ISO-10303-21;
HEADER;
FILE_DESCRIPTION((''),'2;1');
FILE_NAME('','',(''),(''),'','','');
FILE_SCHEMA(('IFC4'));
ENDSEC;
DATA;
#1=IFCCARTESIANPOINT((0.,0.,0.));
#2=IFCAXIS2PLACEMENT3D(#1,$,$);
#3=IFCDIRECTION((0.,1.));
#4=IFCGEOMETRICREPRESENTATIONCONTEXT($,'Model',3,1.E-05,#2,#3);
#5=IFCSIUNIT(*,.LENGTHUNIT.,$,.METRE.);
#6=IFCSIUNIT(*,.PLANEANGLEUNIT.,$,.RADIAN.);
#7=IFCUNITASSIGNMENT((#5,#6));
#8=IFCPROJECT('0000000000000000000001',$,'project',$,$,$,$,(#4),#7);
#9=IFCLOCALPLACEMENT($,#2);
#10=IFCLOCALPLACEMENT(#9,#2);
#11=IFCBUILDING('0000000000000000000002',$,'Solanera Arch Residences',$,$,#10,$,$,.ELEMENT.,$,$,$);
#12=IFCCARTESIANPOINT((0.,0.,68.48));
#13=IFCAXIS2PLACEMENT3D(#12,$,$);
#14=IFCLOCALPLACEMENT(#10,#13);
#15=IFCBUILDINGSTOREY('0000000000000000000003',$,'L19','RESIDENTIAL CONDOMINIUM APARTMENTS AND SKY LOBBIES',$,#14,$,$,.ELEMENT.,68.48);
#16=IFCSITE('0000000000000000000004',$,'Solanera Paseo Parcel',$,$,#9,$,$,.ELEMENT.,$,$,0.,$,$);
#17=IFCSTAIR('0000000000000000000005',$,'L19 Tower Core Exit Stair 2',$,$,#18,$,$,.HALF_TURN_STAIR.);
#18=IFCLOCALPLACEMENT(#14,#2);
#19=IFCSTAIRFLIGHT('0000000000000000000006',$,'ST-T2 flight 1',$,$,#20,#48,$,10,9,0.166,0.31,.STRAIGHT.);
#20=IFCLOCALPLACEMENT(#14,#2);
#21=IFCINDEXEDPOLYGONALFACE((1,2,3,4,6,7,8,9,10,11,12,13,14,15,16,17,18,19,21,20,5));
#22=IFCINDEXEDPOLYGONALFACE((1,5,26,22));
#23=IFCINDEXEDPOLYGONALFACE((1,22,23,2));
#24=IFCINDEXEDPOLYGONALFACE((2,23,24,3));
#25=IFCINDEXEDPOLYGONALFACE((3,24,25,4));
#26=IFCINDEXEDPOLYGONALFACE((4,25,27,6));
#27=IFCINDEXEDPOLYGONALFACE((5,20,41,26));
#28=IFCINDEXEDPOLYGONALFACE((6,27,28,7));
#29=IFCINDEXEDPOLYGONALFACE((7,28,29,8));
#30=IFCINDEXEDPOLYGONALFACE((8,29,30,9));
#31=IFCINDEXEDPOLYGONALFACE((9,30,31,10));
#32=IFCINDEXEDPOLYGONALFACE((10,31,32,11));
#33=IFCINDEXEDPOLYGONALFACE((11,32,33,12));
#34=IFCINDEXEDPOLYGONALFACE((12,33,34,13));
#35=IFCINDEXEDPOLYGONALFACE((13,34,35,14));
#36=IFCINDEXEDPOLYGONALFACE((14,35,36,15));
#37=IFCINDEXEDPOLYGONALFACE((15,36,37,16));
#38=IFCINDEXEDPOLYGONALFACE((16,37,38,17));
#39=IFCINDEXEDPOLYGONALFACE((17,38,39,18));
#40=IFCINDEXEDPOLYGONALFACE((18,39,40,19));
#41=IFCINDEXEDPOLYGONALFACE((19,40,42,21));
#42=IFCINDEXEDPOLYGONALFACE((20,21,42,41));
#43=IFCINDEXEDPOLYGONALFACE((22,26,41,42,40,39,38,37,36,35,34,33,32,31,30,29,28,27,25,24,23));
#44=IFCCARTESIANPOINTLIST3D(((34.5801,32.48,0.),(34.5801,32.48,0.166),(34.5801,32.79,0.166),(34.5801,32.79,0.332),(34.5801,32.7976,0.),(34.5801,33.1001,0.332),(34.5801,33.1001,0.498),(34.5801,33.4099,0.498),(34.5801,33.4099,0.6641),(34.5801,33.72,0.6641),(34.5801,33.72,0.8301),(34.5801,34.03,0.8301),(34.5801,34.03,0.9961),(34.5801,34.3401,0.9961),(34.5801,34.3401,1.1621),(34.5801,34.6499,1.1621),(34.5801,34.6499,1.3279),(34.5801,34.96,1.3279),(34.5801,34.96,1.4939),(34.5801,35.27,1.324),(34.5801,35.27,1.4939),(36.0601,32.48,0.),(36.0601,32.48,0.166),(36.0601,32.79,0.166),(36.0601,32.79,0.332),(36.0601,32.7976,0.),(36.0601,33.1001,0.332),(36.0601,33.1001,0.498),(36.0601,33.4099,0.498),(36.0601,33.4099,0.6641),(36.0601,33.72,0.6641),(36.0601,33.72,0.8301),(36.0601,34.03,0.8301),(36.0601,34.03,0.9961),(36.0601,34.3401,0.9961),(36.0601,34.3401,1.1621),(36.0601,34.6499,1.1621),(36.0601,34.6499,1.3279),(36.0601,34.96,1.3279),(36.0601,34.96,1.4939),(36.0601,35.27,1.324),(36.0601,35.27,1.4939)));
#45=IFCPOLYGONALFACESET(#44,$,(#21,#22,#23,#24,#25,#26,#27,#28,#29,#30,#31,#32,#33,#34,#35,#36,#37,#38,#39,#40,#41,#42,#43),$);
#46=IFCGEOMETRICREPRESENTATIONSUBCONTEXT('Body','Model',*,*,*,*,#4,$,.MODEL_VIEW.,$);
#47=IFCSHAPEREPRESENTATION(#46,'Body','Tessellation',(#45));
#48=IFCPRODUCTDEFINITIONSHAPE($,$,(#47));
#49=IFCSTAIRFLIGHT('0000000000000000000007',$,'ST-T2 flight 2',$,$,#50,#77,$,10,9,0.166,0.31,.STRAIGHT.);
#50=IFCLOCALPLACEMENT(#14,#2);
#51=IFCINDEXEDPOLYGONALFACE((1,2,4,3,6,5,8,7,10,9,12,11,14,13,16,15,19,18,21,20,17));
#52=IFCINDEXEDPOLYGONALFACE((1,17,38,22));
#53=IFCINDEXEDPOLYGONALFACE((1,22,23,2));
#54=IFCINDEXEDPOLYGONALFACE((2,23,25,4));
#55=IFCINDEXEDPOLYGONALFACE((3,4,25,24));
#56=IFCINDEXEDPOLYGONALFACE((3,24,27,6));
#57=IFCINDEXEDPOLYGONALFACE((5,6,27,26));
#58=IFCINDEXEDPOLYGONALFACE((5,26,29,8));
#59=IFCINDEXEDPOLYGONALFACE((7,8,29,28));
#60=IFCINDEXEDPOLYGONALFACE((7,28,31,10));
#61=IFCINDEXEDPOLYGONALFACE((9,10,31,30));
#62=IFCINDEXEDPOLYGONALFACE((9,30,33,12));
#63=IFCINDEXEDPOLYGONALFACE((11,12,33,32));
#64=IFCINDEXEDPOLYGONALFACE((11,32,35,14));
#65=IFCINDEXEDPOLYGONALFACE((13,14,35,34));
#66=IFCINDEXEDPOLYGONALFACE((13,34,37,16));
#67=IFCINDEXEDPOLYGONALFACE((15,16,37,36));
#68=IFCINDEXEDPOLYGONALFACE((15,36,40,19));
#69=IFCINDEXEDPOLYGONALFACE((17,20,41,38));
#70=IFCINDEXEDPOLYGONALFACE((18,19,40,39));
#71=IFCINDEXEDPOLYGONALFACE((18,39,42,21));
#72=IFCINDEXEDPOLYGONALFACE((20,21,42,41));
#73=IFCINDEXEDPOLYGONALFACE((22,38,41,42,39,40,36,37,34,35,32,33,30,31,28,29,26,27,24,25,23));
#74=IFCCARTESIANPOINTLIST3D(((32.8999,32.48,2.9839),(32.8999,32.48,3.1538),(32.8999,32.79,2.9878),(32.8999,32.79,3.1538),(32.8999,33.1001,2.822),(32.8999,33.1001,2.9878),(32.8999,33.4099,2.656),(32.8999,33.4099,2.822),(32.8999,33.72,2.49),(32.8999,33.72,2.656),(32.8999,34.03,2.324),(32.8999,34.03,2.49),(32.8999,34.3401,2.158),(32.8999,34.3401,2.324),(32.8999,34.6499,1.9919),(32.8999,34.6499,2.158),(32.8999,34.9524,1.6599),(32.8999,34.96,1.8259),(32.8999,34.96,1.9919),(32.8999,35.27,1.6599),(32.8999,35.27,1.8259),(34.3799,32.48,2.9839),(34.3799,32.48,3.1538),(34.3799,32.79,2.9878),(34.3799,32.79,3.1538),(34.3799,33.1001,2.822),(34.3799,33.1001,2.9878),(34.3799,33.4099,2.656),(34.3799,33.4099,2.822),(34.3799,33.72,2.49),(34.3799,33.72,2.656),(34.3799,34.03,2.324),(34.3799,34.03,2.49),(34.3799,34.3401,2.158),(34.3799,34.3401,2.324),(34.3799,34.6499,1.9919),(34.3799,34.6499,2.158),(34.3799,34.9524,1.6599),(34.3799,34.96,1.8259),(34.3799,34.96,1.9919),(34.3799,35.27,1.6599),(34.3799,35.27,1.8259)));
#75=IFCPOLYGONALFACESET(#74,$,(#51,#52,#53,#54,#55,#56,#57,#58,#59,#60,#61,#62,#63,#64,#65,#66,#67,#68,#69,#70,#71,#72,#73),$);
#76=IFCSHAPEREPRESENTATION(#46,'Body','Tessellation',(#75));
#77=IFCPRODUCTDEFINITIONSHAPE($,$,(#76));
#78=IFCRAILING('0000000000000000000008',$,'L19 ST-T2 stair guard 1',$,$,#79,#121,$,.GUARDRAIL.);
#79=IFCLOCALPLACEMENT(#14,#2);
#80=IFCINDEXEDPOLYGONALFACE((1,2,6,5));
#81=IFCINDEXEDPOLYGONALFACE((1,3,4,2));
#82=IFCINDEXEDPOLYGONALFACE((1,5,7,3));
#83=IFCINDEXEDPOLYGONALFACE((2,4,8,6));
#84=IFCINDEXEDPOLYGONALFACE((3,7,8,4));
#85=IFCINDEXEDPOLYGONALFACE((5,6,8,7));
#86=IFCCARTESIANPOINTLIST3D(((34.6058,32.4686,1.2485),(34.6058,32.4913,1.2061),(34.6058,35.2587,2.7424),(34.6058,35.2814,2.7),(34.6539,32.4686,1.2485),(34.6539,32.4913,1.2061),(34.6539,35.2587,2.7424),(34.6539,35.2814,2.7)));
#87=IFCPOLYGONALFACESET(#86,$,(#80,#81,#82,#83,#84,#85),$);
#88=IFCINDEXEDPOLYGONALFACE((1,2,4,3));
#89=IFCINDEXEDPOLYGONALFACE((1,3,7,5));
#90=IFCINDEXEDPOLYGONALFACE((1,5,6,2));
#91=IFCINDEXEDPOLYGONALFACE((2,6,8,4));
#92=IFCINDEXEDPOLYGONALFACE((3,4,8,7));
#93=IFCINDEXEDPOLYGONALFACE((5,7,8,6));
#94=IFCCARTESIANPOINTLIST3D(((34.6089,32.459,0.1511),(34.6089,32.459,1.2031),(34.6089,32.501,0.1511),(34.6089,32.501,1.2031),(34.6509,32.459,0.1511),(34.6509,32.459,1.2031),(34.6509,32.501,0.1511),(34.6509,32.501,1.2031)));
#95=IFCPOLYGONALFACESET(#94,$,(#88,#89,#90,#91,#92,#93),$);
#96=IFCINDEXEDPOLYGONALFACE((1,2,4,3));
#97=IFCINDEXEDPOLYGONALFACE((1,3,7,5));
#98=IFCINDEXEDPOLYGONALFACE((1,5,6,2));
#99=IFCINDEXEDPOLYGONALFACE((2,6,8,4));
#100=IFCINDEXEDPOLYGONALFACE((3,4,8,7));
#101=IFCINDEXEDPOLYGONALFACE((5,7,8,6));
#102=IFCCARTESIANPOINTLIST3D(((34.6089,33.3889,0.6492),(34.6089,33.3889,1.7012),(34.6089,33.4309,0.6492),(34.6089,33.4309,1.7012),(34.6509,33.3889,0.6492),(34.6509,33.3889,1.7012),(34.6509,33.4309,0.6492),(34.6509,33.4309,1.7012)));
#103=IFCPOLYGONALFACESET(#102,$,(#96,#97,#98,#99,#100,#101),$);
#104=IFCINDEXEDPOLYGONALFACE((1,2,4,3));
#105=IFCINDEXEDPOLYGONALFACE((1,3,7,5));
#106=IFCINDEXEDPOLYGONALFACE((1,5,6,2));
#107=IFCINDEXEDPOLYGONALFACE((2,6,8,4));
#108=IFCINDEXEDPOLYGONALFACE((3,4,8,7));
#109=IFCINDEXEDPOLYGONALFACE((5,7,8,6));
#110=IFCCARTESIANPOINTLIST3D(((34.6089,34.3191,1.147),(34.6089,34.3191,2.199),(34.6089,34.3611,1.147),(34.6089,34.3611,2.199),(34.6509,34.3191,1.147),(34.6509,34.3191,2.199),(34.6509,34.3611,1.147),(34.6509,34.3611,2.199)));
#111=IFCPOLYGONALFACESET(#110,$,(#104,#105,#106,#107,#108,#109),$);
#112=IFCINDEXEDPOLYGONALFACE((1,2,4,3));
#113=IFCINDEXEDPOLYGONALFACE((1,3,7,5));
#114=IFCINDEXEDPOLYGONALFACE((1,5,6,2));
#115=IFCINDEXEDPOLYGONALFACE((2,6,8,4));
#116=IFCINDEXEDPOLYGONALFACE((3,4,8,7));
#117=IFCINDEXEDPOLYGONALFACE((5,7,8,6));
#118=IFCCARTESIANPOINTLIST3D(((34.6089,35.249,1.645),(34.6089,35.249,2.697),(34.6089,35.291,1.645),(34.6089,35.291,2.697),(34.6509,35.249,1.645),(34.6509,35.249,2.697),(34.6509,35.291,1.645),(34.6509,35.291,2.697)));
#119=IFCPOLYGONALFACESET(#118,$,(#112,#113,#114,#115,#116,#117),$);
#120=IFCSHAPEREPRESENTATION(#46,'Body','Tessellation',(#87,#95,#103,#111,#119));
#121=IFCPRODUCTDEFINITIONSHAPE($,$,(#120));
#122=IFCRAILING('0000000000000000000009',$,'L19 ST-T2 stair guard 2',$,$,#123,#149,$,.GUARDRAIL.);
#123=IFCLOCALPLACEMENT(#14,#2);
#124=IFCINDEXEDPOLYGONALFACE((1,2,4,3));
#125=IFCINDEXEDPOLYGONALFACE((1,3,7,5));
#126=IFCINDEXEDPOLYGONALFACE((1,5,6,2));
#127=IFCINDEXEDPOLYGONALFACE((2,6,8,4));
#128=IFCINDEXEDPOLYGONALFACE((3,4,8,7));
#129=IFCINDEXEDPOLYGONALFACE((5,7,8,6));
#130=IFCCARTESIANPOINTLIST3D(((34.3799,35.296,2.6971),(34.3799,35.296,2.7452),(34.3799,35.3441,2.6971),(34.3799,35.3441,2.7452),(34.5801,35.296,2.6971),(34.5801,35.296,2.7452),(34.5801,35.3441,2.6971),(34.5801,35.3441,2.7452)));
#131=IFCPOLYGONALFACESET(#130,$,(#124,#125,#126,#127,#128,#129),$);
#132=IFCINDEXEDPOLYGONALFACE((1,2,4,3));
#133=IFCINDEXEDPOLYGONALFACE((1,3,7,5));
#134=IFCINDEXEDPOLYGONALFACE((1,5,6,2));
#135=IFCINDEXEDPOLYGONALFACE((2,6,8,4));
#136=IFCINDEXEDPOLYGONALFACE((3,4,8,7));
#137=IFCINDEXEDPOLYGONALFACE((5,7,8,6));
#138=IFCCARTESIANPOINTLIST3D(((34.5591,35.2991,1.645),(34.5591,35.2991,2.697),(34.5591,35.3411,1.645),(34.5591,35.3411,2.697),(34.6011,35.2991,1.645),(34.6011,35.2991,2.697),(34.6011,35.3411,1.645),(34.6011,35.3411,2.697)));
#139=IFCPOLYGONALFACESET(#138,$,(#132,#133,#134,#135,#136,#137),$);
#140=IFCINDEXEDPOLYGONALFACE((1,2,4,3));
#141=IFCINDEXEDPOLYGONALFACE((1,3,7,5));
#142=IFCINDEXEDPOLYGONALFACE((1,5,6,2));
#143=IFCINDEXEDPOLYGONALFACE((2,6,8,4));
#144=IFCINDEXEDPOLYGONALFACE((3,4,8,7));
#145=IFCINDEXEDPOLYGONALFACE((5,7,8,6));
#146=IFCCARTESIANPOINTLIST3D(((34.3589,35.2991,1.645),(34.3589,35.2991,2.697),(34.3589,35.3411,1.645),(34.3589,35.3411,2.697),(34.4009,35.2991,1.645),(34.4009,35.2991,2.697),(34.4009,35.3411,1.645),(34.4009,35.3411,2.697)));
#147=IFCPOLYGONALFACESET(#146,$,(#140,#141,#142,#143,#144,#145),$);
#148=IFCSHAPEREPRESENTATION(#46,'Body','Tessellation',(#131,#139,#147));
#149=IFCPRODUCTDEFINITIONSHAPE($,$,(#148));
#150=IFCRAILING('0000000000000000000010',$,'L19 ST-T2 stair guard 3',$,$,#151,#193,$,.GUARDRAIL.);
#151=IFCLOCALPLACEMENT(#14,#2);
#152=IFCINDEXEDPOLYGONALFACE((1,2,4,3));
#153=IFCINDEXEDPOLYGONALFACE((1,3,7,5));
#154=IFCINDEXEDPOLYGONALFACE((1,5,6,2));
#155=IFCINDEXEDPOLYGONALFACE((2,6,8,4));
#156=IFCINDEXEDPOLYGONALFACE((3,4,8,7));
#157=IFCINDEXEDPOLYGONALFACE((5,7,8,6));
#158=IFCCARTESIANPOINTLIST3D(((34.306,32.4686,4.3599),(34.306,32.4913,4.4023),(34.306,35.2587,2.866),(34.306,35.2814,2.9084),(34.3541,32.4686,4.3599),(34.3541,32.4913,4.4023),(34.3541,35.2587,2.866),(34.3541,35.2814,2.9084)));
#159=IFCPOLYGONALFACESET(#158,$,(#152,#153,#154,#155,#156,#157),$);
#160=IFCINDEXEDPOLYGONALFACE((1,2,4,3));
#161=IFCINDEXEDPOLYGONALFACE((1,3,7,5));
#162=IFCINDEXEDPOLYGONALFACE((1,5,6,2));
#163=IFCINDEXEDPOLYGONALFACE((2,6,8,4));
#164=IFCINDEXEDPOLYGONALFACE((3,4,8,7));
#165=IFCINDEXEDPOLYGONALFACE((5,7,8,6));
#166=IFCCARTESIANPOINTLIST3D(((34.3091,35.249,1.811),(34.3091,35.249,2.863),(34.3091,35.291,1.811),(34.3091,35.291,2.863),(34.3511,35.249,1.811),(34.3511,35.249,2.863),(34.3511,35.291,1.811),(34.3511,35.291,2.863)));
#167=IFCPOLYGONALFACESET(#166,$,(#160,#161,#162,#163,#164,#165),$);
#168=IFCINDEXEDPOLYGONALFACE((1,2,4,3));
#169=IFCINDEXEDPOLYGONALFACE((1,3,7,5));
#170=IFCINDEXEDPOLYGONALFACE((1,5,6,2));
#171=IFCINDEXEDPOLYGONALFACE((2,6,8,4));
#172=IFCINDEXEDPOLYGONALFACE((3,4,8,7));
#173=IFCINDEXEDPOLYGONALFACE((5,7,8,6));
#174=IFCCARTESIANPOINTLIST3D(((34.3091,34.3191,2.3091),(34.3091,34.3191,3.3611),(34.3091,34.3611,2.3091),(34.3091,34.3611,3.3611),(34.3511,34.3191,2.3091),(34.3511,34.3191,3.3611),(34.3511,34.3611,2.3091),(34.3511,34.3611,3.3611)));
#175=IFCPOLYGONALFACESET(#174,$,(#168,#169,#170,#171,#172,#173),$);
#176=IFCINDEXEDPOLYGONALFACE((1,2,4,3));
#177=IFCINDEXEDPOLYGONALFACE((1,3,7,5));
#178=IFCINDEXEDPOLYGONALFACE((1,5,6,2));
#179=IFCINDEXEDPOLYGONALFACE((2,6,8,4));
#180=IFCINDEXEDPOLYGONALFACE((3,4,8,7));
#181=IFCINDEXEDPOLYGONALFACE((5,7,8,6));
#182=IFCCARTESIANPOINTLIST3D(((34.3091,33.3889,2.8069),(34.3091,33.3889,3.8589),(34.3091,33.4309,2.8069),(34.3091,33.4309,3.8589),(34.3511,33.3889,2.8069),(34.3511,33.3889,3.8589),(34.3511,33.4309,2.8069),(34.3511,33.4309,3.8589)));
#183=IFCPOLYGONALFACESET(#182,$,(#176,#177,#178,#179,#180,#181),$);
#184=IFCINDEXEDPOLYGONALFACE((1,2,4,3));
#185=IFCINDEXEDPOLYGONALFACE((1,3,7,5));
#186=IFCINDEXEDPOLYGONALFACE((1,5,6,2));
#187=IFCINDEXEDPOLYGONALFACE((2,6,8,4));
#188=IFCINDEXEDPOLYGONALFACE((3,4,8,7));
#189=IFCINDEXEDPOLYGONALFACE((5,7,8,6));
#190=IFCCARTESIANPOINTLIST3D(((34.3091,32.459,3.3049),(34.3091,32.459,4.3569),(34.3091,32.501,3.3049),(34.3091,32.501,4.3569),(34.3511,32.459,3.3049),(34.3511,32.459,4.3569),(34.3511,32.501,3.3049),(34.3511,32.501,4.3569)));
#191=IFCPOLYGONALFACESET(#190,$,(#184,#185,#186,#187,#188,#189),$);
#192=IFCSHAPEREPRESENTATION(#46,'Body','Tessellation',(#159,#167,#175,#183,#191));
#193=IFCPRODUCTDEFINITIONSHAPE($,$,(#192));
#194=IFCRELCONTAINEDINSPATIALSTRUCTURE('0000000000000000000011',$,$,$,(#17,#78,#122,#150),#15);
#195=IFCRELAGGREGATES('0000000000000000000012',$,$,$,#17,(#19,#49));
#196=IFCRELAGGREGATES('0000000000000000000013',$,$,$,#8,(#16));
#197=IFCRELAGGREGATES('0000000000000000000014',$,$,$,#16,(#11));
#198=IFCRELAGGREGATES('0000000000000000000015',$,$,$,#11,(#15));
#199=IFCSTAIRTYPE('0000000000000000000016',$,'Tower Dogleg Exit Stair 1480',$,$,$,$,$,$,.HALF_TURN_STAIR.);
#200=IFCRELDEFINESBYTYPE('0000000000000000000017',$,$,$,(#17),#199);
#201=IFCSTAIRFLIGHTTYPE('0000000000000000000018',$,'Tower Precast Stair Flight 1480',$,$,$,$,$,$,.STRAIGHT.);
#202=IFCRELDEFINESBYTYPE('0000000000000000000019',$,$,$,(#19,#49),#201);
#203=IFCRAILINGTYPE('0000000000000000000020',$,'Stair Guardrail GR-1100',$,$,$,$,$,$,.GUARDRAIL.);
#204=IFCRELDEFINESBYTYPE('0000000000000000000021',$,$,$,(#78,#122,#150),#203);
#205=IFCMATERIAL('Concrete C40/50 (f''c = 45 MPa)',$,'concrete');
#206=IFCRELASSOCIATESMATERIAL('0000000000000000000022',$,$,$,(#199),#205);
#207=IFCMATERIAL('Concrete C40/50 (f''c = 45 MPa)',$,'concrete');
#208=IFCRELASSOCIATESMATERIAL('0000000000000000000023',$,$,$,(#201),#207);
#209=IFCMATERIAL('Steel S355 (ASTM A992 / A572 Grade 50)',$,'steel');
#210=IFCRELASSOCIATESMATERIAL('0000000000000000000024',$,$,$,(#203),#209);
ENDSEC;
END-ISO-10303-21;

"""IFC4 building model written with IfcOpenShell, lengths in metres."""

from ifc_helpers import new_model, si_unit, direction, frame, origin, origin_2d, place, context, subcontext, project, spatial, polyline, rectangle, outline, extrude, material, type_object, element, aggregate, save


model = new_model("IFC4")

# Units and contexts
model_context = context("Model", 3, precision=1e-05, world=origin(), true_north=direction((0.0, 1.0)))
body_context = subcontext(model_context, "Body", "Model", "MODEL_VIEW")
ifc_project = project(units=[si_unit("LENGTHUNIT", "METRE"), si_unit("PLANEANGLEUNIT", "RADIAN")], contexts=[model_context])

# Site, building, storey
site_placement = place(None, origin())
site = spatial("IfcSite", under=ifc_project, at=site_placement, Name="Solanera Paseo Parcel", CompositionType="ELEMENT", RefElevation=0.0)
building_placement = place(site_placement, origin())
building = spatial("IfcBuilding", under=site, at=building_placement, Name="Solanera Arch Residences", CompositionType="ELEMENT")
storey_placement = place(building_placement, frame((0.0, 0.0, 68.48)))
storey = spatial("IfcBuildingStorey", under=building, at=storey_placement, Name="L19", Description="RESIDENTIAL CONDOMINIUM APARTMENTS AND SKY LOBBIES", CompositionType="ELEMENT", Elevation=68.48)

# Stair, stair flights
ifc_material_1 = material(Name="Concrete C40/50 (f'c = 45 MPa)", Category="concrete")
stair_type = type_object("IfcStairType", Name="Tower Dogleg Exit Stair 1480", PredefinedType="HALF_TURN_STAIR", material=ifc_material_1)
stair_placement = place(storey_placement, origin())
stair = element("IfcStair", 1, at=stair_placement, inside=storey, type_object=stair_type, Name="L19 Tower Core Exit Stair 2", PredefinedType="HALF_TURN_STAIR")
ifc_material_2 = material(Name="Concrete C40/50 (f'c = 45 MPa)", Category="concrete")
stair_flight_type = type_object("IfcStairFlightType", Name="Tower Precast Stair Flight 1480", PredefinedType="STRAIGHT", material=ifc_material_2)
stair_flight_1_placement = place(storey_placement, frame((35.3201, 32.48, 0.0), z_axis=(0.0, 0.0, 1.0), x_axis=(0.0, 1.0, 0.0)))
stair_flight_1 = element("IfcStairFlight", 2, at=stair_flight_1_placement, type_object=stair_flight_type, Name="ST-T2 flight 1", NumberOfRisers=10, NumberOfTreads=9, PredefinedType="STRAIGHT", RiserHeight=0.166, TreadLength=0.31, context=body_context, shape_type="SweptSolid", body=[
    extrude(outline(polyline([(0.0, 0.0), (0.0, 0.166), (0.3101, 0.166), (0.3101, 0.332), (0.6201, 0.332), (0.6201, 0.498), (0.9299, 0.498), (0.9299, 0.6641), (1.24, 0.6641), (1.24, 0.8301), (1.55, 0.8301), (1.55, 0.9961), (1.8601, 0.9961), (1.8601, 1.1621), (2.1699, 1.1621), (2.1699, 1.3279), (2.48, 1.3279), (2.48, 1.4939), (2.79, 1.4939), (2.79, 1.6599), (2.79, 1.324), (0.3176, 0.0), (0.0, 0.0)])), frame((0.0, 0.74, 0.0), z_axis=(0.0, -1.0, 0.0), x_axis=(1.0, 0.0, 0.0)), (0.0, 0.0, 1.0), 1.48),
])
stair_flight_2_placement = place(storey_placement, frame((33.6399, 35.27, 1.6599), z_axis=(0.0, 0.0, 1.0), x_axis=(0.0, -1.0, 0.0)))
stair_flight_2 = element("IfcStairFlight", 3, at=stair_flight_2_placement, type_object=stair_flight_type, Name="ST-T2 flight 2", NumberOfRisers=10, NumberOfTreads=9, PredefinedType="STRAIGHT", RiserHeight=0.166, TreadLength=0.31, context=body_context, shape_type="SweptSolid", body=[
    extrude(outline(polyline([(0.0, 0.0), (0.0, 0.166), (0.3101, 0.166), (0.3101, 0.332), (0.6201, 0.332), (0.6201, 0.498), (0.9299, 0.498), (0.9299, 0.6641), (1.24, 0.6641), (1.24, 0.8301), (1.55, 0.8301), (1.55, 0.9961), (1.8601, 0.9961), (1.8601, 1.1621), (2.1699, 1.1621), (2.1699, 1.3279), (2.48, 1.3279), (2.48, 1.4939), (2.79, 1.4939), (2.79, 1.6599), (2.79, 1.324), (0.3176, 0.0), (0.0, 0.0)])), frame((0.0, 0.74, 0.0), z_axis=(0.0, -1.0, 0.0), x_axis=(1.0, 0.0, 0.0)), (0.0, 0.0, 1.0), 1.48),
])
aggregate(stair, [stair_flight_1, stair_flight_2])

# Railings
ifc_material_3 = material(Name="Steel S355 (ASTM A992 / A572 Grade 50)", Category="steel")
railing_type_1 = type_object("IfcRailingType", Name="Stair Guardrail GR-1100", PredefinedType="GUARDRAIL", material=ifc_material_3)
railing_1_placement = place(storey_placement, frame((34.6299, 32.48, 0.1511)))
element("IfcRailing", 4, at=railing_1_placement, inside=storey, type_object=railing_type_1, Name="L19 ST-T2 stair guard 1", PredefinedType="GUARDRAIL", context=body_context, shape_type="SweptSolid", body=[
    extrude(rectangle(XDim=0.0481, YDim=0.0481, at=origin_2d()), frame((0.0, 0.0, 1.0762), z_axis=(0.0, 0.881581, 0.472033), x_axis=(-1.0, 0.0, 0.0)), (0.0, 0.0, 1.0), 3.1648),
    extrude(rectangle(XDim=0.042, YDim=0.042, at=origin_2d()), origin(), (0.0, 0.0, 1.0), 1.052),
    extrude(rectangle(XDim=0.042, YDim=0.042, at=origin_2d()), frame((0.0, 0.9299, 0.498)), (0.0, 0.0, 1.0), 1.052),
    extrude(rectangle(XDim=0.042, YDim=0.042, at=origin_2d()), frame((0.0, 1.8601, 0.9958)), (0.0, 0.0, 1.0), 1.052),
    extrude(rectangle(XDim=0.042, YDim=0.042, at=origin_2d()), frame((0.0, 2.79, 1.4939)), (0.0, 0.0, 1.0), 1.052),
])
railing_2_placement = place(storey_placement, frame((34.5801, 35.3201, 1.645)))
element("IfcRailing", 5, at=railing_2_placement, inside=storey, type_object=railing_type_1, Name="L19 ST-T2 stair guard 2", PredefinedType="GUARDRAIL", context=body_context, shape_type="SweptSolid", body=[
    extrude(rectangle(XDim=0.0481, YDim=0.0481, at=origin_2d()), frame((0.0, 0.0, 1.0762), z_axis=(-1.0, 0.0, 0.0), x_axis=(0.0, -1.0, 0.0)), (0.0, 0.0, 1.0), 0.2002),
    extrude(rectangle(XDim=0.042, YDim=0.042, at=origin_2d()), origin(), (0.0, 0.0, 1.0), 1.052),
    extrude(rectangle(XDim=0.042, YDim=0.042, at=origin_2d()), frame((-0.2002, 0.0, 0.0)), (0.0, 0.0, 1.0), 1.052),
])
railing_3_placement = place(storey_placement, frame((34.3301, 35.27, 1.811)))
element("IfcRailing", 6, at=railing_3_placement, inside=storey, type_object=railing_type_1, Name="L19 ST-T2 stair guard 3", PredefinedType="GUARDRAIL", context=body_context, shape_type="SweptSolid", body=[
    extrude(rectangle(XDim=0.0481, YDim=0.0481, at=origin_2d()), frame((0.0, 0.0, 1.0762), z_axis=(0.0, -0.881581, 0.472033), x_axis=(1.0, 0.0, 0.0)), (0.0, 0.0, 1.0), 3.1648),
    extrude(rectangle(XDim=0.042, YDim=0.042, at=origin_2d()), origin(), (0.0, 0.0, 1.0), 1.052),
    extrude(rectangle(XDim=0.042, YDim=0.042, at=origin_2d()), frame((0.0, -0.9299, 0.498)), (0.0, 0.0, 1.0), 1.052),
    extrude(rectangle(XDim=0.042, YDim=0.042, at=origin_2d()), frame((0.0, -1.8601, 0.9958)), (0.0, 0.0, 1.0), 1.052),
    extrude(rectangle(XDim=0.042, YDim=0.042, at=origin_2d()), frame((0.0, -2.79, 1.4939)), (0.0, 0.0, 1.0), 1.052),
])

save(model, "model.ifc")
